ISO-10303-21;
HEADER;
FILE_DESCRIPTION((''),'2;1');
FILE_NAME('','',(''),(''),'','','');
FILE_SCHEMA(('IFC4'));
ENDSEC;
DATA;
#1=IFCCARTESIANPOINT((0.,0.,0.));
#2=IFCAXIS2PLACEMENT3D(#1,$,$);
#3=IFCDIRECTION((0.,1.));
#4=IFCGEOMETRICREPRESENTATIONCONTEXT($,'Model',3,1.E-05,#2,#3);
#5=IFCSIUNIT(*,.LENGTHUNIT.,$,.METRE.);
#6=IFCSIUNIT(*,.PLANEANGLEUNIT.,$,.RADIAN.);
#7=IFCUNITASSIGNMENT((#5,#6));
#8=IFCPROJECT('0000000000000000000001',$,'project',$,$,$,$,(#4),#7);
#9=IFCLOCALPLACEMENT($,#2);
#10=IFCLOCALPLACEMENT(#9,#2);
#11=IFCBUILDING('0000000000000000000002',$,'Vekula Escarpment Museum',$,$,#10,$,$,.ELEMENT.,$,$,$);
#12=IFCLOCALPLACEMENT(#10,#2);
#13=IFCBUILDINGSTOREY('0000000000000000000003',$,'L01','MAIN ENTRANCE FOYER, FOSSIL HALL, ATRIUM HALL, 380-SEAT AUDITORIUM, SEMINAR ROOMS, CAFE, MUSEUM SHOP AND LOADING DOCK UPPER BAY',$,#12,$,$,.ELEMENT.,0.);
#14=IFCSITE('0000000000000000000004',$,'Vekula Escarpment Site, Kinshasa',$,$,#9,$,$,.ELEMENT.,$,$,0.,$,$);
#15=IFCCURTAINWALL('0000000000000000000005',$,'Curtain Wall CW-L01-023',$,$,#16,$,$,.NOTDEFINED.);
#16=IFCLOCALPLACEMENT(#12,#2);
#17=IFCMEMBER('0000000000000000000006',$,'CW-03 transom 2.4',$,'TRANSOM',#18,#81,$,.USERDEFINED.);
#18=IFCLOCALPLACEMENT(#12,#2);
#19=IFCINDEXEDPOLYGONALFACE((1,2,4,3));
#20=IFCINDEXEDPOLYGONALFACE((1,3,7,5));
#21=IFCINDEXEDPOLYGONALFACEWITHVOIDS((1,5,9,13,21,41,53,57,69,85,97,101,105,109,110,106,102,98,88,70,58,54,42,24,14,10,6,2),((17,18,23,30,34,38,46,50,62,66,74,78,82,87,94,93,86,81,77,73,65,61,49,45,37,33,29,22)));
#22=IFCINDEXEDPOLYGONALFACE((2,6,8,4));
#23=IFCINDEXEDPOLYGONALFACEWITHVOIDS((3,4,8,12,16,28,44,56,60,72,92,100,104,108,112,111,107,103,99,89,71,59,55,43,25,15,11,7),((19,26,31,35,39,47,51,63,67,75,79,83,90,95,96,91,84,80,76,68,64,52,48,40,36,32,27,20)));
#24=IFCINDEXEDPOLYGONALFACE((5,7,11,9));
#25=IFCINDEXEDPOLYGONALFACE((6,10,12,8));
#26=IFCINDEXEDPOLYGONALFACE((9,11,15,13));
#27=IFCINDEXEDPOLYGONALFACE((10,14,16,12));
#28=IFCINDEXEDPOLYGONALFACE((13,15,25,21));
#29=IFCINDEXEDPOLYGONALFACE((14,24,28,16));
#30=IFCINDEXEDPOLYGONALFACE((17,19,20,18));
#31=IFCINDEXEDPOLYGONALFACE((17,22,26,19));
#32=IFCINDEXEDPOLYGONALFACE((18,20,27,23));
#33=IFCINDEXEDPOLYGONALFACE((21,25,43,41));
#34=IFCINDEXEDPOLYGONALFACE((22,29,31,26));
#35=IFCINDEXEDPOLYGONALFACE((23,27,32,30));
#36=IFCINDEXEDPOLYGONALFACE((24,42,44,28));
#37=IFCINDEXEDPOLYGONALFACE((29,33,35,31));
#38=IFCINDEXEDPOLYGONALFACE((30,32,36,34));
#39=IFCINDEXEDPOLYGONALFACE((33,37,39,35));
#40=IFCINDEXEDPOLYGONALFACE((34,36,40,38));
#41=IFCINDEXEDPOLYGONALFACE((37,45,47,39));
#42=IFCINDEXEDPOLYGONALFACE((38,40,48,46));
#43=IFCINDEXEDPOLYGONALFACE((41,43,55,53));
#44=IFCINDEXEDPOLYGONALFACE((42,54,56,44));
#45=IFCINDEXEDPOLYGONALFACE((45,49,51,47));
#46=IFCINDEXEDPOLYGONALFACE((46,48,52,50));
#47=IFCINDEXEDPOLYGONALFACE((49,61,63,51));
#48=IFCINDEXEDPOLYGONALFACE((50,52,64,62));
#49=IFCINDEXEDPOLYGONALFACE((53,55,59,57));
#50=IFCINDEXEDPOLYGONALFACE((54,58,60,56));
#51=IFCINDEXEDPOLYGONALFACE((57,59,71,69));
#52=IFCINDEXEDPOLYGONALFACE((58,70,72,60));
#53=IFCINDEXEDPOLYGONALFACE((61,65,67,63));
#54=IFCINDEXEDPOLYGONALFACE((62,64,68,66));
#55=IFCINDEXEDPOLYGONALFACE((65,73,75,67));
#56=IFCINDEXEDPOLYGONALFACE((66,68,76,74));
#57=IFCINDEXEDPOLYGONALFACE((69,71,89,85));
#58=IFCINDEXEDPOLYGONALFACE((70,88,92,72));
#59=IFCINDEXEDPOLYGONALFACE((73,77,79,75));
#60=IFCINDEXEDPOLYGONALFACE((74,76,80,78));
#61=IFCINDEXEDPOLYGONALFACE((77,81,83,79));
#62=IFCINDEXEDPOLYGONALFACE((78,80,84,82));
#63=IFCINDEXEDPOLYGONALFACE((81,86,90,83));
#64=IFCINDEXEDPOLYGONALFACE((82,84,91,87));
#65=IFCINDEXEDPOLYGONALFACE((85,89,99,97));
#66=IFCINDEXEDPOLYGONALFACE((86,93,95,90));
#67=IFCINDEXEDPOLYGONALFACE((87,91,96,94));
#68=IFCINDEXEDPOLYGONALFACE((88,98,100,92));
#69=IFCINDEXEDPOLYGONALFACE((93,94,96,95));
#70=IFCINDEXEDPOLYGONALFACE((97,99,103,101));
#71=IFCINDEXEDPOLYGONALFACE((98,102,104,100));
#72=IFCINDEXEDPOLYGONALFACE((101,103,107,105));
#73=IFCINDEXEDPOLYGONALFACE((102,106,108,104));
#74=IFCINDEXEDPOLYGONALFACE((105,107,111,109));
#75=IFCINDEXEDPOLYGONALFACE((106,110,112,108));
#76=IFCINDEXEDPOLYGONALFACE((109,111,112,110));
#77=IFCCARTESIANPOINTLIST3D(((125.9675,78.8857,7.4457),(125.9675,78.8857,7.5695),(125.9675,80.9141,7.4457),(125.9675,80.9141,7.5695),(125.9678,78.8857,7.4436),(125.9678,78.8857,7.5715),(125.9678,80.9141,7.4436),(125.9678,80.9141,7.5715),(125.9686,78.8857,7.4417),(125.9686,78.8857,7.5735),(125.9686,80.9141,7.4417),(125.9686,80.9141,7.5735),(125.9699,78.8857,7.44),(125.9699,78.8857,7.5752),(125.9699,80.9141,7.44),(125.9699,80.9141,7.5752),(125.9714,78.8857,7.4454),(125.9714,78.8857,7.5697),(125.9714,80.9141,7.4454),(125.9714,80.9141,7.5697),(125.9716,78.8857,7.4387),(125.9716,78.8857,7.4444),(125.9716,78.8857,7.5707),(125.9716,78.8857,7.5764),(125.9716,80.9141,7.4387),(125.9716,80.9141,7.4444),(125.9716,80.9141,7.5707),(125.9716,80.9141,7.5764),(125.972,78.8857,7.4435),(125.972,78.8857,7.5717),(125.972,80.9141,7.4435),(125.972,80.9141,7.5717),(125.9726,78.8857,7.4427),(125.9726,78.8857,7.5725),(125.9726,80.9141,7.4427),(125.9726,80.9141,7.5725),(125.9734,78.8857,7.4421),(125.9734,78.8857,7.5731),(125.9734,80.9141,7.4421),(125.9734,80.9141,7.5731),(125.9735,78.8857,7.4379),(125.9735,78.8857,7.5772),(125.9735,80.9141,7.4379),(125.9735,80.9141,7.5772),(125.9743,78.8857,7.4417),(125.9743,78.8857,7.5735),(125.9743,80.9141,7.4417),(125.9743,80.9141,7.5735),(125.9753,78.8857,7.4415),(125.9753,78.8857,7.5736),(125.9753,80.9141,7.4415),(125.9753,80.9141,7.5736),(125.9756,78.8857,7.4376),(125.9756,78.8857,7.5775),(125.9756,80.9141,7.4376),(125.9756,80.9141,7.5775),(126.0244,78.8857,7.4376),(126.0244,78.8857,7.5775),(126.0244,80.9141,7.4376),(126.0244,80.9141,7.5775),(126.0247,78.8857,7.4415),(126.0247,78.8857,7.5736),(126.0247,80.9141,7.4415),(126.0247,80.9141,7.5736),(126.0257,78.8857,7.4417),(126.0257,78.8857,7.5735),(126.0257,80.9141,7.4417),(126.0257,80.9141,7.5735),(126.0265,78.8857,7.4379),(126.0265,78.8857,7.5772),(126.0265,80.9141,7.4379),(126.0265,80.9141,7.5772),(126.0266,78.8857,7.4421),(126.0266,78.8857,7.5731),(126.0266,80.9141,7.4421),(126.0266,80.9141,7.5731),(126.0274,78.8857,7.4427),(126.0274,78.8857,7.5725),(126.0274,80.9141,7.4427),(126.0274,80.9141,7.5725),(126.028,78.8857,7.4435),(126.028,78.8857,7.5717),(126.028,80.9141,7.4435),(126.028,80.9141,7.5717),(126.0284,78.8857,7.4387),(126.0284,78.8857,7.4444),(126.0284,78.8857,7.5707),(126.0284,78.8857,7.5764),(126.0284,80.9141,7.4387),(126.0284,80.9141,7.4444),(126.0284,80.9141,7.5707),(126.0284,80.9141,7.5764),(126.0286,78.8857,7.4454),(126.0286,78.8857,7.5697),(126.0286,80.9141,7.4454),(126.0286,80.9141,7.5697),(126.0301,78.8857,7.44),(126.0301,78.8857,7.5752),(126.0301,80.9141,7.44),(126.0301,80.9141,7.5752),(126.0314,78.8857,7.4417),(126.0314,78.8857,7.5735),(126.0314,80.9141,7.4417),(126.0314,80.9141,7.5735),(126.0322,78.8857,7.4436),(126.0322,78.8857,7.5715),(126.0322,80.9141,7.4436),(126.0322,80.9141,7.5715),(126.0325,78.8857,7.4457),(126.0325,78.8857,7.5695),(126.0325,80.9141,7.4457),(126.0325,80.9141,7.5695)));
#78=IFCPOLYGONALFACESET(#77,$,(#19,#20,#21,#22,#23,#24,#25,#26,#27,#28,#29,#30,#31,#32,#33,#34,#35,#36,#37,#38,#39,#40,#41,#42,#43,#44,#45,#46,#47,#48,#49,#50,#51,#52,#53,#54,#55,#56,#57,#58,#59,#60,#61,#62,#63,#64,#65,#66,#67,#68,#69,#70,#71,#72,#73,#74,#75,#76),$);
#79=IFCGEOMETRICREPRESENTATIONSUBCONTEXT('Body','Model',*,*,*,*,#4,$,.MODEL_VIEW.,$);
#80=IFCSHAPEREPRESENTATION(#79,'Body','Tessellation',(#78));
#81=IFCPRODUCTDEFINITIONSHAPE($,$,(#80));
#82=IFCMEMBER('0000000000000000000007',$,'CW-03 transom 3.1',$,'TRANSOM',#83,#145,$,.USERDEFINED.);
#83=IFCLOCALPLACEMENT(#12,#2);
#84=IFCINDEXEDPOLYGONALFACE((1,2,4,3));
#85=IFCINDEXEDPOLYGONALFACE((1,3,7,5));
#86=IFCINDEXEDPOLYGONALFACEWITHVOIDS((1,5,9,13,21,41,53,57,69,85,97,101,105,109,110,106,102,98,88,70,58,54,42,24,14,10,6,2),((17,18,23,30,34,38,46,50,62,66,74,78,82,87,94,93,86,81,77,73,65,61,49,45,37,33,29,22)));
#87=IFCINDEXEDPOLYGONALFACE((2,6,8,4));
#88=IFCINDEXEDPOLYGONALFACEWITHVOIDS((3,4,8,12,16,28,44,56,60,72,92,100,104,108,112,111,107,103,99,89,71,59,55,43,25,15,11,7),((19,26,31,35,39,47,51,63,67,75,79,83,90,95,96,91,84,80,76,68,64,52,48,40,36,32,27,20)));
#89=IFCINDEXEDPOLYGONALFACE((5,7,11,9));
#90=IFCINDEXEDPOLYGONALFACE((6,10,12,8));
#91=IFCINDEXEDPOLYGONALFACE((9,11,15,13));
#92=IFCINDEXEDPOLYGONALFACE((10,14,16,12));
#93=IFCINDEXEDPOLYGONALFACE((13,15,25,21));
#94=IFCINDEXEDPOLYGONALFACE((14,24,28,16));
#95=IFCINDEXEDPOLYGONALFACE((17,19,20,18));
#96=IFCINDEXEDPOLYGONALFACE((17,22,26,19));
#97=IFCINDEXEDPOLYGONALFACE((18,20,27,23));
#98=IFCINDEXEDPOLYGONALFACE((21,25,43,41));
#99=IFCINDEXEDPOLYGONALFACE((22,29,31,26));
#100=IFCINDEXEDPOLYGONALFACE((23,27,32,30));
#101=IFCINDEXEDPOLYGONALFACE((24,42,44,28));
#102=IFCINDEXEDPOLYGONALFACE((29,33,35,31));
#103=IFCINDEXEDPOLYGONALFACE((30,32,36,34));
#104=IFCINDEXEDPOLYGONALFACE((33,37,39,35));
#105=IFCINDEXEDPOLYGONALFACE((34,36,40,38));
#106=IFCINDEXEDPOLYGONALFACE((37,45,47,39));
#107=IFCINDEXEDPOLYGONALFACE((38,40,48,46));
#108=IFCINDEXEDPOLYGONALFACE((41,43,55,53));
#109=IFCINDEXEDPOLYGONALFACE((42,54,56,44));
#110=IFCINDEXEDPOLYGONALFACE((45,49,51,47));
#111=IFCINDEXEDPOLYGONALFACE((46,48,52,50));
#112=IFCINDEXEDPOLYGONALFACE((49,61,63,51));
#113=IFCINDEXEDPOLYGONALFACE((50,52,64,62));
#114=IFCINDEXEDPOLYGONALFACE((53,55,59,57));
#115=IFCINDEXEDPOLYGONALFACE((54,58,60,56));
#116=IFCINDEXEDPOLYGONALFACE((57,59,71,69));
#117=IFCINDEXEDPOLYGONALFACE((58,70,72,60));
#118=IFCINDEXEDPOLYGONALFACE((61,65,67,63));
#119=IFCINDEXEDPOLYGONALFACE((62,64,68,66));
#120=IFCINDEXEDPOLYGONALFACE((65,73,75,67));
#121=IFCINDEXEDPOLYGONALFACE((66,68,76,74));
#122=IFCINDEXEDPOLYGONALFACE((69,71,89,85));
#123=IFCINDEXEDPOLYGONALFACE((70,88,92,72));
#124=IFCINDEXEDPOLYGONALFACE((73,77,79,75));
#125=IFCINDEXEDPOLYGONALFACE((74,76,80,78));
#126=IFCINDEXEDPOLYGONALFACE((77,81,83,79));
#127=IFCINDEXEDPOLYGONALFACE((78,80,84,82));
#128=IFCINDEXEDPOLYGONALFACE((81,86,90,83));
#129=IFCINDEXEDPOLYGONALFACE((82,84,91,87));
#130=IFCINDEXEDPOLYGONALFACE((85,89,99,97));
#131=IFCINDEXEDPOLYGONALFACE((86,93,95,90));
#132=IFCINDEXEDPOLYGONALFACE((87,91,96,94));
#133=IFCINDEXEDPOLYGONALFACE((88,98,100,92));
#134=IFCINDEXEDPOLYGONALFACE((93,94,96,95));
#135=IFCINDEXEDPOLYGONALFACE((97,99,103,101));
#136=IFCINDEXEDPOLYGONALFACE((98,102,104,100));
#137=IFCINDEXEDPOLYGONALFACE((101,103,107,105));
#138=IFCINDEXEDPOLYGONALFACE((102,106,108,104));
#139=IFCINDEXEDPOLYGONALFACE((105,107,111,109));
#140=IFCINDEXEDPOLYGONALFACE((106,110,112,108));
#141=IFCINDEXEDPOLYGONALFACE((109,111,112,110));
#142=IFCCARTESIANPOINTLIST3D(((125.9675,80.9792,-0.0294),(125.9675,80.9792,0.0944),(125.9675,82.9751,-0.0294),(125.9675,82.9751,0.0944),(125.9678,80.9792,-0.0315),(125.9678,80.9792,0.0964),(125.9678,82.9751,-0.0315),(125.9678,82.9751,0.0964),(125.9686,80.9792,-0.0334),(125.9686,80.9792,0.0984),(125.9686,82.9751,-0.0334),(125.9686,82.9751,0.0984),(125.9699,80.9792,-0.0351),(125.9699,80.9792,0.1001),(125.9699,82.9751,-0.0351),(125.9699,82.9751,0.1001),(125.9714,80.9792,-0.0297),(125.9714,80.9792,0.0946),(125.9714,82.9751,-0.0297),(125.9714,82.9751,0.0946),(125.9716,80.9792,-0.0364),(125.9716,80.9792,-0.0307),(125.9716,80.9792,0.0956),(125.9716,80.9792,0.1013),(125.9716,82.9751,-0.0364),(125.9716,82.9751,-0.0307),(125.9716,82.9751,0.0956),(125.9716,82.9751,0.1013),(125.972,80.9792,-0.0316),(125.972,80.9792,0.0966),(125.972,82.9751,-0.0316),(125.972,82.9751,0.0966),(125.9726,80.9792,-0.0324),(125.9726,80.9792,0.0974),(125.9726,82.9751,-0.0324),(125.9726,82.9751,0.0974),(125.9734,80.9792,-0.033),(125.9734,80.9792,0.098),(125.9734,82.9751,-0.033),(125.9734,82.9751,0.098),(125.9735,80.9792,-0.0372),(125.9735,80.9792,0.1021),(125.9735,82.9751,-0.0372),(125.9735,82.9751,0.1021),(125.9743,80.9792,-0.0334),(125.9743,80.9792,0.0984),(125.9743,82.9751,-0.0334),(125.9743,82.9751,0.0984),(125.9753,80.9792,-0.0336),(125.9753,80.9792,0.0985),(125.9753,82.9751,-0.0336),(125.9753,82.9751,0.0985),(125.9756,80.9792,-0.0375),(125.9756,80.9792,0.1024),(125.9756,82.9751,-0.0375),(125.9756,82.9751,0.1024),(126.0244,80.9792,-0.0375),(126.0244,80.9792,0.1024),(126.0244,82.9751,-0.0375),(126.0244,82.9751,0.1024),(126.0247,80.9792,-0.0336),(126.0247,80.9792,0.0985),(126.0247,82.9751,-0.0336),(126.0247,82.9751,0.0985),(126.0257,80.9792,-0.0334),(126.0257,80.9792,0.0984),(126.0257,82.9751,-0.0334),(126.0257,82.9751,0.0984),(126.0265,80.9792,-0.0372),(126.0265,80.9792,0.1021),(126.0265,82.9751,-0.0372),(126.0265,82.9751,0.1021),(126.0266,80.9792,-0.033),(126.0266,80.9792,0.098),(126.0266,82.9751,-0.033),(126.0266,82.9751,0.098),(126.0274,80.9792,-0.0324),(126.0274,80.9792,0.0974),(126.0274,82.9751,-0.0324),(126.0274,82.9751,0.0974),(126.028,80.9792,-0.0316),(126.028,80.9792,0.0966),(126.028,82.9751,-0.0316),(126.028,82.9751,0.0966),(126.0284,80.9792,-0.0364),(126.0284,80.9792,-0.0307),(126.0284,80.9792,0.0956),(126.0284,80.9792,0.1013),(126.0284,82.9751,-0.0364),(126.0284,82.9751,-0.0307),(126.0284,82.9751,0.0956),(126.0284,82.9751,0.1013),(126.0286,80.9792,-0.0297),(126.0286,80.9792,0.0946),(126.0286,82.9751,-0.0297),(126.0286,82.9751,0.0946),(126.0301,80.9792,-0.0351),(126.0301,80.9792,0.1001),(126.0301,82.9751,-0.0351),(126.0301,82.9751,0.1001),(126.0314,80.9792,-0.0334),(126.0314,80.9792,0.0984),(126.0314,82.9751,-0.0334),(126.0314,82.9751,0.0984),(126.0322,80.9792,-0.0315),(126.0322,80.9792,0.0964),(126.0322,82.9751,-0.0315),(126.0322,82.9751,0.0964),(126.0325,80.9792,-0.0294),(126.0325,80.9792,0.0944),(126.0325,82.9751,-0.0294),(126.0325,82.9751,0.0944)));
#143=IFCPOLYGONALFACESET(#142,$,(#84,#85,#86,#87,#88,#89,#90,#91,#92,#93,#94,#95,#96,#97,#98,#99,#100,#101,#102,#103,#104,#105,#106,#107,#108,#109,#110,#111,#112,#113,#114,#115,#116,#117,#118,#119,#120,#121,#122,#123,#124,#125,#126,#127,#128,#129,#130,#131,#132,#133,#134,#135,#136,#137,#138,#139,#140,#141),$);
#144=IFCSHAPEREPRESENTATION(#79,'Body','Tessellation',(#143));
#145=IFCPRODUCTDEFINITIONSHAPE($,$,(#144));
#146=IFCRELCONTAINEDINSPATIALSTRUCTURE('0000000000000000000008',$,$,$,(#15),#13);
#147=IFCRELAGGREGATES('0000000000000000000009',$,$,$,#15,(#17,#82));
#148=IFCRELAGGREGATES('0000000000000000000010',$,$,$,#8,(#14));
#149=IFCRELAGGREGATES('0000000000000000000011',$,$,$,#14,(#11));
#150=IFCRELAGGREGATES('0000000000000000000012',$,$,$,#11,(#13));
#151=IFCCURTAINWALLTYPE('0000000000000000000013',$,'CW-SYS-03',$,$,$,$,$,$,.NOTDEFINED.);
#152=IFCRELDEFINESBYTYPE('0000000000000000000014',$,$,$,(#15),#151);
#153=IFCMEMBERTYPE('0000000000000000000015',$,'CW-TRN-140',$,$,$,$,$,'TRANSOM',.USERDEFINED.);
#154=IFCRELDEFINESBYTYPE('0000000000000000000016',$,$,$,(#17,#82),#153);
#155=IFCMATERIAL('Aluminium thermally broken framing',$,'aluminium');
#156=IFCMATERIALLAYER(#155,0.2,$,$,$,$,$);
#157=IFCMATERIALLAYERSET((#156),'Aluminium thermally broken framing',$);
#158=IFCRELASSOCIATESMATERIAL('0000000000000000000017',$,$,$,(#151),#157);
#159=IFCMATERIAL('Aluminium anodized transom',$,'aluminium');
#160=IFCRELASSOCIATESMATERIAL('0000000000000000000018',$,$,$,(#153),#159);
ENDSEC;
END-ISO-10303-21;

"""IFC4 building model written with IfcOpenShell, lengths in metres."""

from ifc_helpers import new_model, si_unit, direction, frame, origin, origin_2d, place, context, subcontext, project, spatial, hollow_rectangle, extrude, material, layer, layer_set, material_profile, profile_set, type_object, element, aggregate, save


model = new_model("IFC4")

# Units and contexts
model_context = context("Model", 3, precision=1e-05, world=origin(), true_north=direction((0.0, 1.0)))
body_context = subcontext(model_context, "Body", "Model", "MODEL_VIEW")
ifc_project = project(units=[si_unit("LENGTHUNIT", "METRE"), si_unit("PLANEANGLEUNIT", "RADIAN")], contexts=[model_context])

# Site, building, storey
site_placement = place(None, origin())
site = spatial("IfcSite", under=ifc_project, at=site_placement, Name="Vekula Escarpment Site, Kinshasa", CompositionType="ELEMENT", RefElevation=0.0)
building_placement = place(site_placement, origin())
building = spatial("IfcBuilding", under=site, at=building_placement, Name="Vekula Escarpment Museum", CompositionType="ELEMENT")
storey_placement = place(building_placement, origin())
storey = spatial("IfcBuildingStorey", under=building, at=storey_placement, Name="L01", Description="MAIN ENTRANCE FOYER, FOSSIL HALL, ATRIUM HALL, 380-SEAT AUDITORIUM, SEMINAR ROOMS, CAFE, MUSEUM SHOP AND LOADING DOCK UPPER BAY", CompositionType="ELEMENT", Elevation=0.0)

# Curtain wall
ifc_material_1 = material(Name="Aluminium thermally broken framing", Category="aluminium")
ifc_layer_1 = layer(ifc_material_1, 0.2)
ifc_layer_set_1 = layer_set([ifc_layer_1], Name="Aluminium thermally broken framing")
curtain_wall_type_1 = type_object("IfcCurtainWallType", Name="CW-SYS-03", PredefinedType="NOTDEFINED", material=ifc_layer_set_1)
curtain_wall_1_placement = place(storey_placement, origin())
curtain_wall_1 = element("IfcCurtainWall", 1, at=curtain_wall_1_placement, inside=storey, type_object=curtain_wall_type_1, Name="Curtain Wall CW-L01-023", PredefinedType="NOTDEFINED")

# Members
ifc_material_2 = material(Name="Aluminium anodized transom", Category="aluminium")
ifc_material_profile_1 = material_profile(ifc_material_2, hollow_rectangle(XDim=0.0649, YDim=0.1399, WallThickness=0.0039, InnerFilletRadius=0.0039, OuterFilletRadius=0.0081, at=origin_2d()), Name="ALU 140x65x4")
ifc_profile_set_1 = profile_set([ifc_material_profile_1], Name="Aluminium anodized transom")
member_type_1 = type_object("IfcMemberType", Name="CW-TRN-140", ElementType="TRANSOM", PredefinedType="USERDEFINED", material=ifc_profile_set_1)
member_1_placement = place(storey_placement, frame((126.0, 78.8857, 7.5076), z_axis=(0.0, 1.0, 0.0), x_axis=(-1.0, 0.0, 0.0)))
member_1 = element("IfcMember", 2, at=member_1_placement, type_object=member_type_1, Name="CW-03 transom 2.4", ObjectType="TRANSOM", PredefinedType="USERDEFINED", context=body_context, shape_type="SweptSolid", body=[
    extrude(hollow_rectangle(XDim=0.0649, YDim=0.1399, WallThickness=0.0039, InnerFilletRadius=0.0039, OuterFilletRadius=0.0081, at=origin_2d()), origin(), (0.0, 0.0, 1.0), 2.0283),
])
member_2_placement = place(storey_placement, frame((126.0, 80.9792, 0.0325), z_axis=(0.0, 1.0, 0.0), x_axis=(-1.0, 0.0, 0.0)))
member_2 = element("IfcMember", 3, at=member_2_placement, type_object=member_type_1, Name="CW-03 transom 3.1", ObjectType="TRANSOM", PredefinedType="USERDEFINED", context=body_context, shape_type="SweptSolid", body=[
    extrude(hollow_rectangle(XDim=0.0649, YDim=0.1399, WallThickness=0.0039, InnerFilletRadius=0.0039, OuterFilletRadius=0.0081, at=origin_2d()), origin(), (0.0, 0.0, 1.0), 1.9958),
])

aggregate(curtain_wall_1, [member_1, member_2])

save(model, "model.ifc")
